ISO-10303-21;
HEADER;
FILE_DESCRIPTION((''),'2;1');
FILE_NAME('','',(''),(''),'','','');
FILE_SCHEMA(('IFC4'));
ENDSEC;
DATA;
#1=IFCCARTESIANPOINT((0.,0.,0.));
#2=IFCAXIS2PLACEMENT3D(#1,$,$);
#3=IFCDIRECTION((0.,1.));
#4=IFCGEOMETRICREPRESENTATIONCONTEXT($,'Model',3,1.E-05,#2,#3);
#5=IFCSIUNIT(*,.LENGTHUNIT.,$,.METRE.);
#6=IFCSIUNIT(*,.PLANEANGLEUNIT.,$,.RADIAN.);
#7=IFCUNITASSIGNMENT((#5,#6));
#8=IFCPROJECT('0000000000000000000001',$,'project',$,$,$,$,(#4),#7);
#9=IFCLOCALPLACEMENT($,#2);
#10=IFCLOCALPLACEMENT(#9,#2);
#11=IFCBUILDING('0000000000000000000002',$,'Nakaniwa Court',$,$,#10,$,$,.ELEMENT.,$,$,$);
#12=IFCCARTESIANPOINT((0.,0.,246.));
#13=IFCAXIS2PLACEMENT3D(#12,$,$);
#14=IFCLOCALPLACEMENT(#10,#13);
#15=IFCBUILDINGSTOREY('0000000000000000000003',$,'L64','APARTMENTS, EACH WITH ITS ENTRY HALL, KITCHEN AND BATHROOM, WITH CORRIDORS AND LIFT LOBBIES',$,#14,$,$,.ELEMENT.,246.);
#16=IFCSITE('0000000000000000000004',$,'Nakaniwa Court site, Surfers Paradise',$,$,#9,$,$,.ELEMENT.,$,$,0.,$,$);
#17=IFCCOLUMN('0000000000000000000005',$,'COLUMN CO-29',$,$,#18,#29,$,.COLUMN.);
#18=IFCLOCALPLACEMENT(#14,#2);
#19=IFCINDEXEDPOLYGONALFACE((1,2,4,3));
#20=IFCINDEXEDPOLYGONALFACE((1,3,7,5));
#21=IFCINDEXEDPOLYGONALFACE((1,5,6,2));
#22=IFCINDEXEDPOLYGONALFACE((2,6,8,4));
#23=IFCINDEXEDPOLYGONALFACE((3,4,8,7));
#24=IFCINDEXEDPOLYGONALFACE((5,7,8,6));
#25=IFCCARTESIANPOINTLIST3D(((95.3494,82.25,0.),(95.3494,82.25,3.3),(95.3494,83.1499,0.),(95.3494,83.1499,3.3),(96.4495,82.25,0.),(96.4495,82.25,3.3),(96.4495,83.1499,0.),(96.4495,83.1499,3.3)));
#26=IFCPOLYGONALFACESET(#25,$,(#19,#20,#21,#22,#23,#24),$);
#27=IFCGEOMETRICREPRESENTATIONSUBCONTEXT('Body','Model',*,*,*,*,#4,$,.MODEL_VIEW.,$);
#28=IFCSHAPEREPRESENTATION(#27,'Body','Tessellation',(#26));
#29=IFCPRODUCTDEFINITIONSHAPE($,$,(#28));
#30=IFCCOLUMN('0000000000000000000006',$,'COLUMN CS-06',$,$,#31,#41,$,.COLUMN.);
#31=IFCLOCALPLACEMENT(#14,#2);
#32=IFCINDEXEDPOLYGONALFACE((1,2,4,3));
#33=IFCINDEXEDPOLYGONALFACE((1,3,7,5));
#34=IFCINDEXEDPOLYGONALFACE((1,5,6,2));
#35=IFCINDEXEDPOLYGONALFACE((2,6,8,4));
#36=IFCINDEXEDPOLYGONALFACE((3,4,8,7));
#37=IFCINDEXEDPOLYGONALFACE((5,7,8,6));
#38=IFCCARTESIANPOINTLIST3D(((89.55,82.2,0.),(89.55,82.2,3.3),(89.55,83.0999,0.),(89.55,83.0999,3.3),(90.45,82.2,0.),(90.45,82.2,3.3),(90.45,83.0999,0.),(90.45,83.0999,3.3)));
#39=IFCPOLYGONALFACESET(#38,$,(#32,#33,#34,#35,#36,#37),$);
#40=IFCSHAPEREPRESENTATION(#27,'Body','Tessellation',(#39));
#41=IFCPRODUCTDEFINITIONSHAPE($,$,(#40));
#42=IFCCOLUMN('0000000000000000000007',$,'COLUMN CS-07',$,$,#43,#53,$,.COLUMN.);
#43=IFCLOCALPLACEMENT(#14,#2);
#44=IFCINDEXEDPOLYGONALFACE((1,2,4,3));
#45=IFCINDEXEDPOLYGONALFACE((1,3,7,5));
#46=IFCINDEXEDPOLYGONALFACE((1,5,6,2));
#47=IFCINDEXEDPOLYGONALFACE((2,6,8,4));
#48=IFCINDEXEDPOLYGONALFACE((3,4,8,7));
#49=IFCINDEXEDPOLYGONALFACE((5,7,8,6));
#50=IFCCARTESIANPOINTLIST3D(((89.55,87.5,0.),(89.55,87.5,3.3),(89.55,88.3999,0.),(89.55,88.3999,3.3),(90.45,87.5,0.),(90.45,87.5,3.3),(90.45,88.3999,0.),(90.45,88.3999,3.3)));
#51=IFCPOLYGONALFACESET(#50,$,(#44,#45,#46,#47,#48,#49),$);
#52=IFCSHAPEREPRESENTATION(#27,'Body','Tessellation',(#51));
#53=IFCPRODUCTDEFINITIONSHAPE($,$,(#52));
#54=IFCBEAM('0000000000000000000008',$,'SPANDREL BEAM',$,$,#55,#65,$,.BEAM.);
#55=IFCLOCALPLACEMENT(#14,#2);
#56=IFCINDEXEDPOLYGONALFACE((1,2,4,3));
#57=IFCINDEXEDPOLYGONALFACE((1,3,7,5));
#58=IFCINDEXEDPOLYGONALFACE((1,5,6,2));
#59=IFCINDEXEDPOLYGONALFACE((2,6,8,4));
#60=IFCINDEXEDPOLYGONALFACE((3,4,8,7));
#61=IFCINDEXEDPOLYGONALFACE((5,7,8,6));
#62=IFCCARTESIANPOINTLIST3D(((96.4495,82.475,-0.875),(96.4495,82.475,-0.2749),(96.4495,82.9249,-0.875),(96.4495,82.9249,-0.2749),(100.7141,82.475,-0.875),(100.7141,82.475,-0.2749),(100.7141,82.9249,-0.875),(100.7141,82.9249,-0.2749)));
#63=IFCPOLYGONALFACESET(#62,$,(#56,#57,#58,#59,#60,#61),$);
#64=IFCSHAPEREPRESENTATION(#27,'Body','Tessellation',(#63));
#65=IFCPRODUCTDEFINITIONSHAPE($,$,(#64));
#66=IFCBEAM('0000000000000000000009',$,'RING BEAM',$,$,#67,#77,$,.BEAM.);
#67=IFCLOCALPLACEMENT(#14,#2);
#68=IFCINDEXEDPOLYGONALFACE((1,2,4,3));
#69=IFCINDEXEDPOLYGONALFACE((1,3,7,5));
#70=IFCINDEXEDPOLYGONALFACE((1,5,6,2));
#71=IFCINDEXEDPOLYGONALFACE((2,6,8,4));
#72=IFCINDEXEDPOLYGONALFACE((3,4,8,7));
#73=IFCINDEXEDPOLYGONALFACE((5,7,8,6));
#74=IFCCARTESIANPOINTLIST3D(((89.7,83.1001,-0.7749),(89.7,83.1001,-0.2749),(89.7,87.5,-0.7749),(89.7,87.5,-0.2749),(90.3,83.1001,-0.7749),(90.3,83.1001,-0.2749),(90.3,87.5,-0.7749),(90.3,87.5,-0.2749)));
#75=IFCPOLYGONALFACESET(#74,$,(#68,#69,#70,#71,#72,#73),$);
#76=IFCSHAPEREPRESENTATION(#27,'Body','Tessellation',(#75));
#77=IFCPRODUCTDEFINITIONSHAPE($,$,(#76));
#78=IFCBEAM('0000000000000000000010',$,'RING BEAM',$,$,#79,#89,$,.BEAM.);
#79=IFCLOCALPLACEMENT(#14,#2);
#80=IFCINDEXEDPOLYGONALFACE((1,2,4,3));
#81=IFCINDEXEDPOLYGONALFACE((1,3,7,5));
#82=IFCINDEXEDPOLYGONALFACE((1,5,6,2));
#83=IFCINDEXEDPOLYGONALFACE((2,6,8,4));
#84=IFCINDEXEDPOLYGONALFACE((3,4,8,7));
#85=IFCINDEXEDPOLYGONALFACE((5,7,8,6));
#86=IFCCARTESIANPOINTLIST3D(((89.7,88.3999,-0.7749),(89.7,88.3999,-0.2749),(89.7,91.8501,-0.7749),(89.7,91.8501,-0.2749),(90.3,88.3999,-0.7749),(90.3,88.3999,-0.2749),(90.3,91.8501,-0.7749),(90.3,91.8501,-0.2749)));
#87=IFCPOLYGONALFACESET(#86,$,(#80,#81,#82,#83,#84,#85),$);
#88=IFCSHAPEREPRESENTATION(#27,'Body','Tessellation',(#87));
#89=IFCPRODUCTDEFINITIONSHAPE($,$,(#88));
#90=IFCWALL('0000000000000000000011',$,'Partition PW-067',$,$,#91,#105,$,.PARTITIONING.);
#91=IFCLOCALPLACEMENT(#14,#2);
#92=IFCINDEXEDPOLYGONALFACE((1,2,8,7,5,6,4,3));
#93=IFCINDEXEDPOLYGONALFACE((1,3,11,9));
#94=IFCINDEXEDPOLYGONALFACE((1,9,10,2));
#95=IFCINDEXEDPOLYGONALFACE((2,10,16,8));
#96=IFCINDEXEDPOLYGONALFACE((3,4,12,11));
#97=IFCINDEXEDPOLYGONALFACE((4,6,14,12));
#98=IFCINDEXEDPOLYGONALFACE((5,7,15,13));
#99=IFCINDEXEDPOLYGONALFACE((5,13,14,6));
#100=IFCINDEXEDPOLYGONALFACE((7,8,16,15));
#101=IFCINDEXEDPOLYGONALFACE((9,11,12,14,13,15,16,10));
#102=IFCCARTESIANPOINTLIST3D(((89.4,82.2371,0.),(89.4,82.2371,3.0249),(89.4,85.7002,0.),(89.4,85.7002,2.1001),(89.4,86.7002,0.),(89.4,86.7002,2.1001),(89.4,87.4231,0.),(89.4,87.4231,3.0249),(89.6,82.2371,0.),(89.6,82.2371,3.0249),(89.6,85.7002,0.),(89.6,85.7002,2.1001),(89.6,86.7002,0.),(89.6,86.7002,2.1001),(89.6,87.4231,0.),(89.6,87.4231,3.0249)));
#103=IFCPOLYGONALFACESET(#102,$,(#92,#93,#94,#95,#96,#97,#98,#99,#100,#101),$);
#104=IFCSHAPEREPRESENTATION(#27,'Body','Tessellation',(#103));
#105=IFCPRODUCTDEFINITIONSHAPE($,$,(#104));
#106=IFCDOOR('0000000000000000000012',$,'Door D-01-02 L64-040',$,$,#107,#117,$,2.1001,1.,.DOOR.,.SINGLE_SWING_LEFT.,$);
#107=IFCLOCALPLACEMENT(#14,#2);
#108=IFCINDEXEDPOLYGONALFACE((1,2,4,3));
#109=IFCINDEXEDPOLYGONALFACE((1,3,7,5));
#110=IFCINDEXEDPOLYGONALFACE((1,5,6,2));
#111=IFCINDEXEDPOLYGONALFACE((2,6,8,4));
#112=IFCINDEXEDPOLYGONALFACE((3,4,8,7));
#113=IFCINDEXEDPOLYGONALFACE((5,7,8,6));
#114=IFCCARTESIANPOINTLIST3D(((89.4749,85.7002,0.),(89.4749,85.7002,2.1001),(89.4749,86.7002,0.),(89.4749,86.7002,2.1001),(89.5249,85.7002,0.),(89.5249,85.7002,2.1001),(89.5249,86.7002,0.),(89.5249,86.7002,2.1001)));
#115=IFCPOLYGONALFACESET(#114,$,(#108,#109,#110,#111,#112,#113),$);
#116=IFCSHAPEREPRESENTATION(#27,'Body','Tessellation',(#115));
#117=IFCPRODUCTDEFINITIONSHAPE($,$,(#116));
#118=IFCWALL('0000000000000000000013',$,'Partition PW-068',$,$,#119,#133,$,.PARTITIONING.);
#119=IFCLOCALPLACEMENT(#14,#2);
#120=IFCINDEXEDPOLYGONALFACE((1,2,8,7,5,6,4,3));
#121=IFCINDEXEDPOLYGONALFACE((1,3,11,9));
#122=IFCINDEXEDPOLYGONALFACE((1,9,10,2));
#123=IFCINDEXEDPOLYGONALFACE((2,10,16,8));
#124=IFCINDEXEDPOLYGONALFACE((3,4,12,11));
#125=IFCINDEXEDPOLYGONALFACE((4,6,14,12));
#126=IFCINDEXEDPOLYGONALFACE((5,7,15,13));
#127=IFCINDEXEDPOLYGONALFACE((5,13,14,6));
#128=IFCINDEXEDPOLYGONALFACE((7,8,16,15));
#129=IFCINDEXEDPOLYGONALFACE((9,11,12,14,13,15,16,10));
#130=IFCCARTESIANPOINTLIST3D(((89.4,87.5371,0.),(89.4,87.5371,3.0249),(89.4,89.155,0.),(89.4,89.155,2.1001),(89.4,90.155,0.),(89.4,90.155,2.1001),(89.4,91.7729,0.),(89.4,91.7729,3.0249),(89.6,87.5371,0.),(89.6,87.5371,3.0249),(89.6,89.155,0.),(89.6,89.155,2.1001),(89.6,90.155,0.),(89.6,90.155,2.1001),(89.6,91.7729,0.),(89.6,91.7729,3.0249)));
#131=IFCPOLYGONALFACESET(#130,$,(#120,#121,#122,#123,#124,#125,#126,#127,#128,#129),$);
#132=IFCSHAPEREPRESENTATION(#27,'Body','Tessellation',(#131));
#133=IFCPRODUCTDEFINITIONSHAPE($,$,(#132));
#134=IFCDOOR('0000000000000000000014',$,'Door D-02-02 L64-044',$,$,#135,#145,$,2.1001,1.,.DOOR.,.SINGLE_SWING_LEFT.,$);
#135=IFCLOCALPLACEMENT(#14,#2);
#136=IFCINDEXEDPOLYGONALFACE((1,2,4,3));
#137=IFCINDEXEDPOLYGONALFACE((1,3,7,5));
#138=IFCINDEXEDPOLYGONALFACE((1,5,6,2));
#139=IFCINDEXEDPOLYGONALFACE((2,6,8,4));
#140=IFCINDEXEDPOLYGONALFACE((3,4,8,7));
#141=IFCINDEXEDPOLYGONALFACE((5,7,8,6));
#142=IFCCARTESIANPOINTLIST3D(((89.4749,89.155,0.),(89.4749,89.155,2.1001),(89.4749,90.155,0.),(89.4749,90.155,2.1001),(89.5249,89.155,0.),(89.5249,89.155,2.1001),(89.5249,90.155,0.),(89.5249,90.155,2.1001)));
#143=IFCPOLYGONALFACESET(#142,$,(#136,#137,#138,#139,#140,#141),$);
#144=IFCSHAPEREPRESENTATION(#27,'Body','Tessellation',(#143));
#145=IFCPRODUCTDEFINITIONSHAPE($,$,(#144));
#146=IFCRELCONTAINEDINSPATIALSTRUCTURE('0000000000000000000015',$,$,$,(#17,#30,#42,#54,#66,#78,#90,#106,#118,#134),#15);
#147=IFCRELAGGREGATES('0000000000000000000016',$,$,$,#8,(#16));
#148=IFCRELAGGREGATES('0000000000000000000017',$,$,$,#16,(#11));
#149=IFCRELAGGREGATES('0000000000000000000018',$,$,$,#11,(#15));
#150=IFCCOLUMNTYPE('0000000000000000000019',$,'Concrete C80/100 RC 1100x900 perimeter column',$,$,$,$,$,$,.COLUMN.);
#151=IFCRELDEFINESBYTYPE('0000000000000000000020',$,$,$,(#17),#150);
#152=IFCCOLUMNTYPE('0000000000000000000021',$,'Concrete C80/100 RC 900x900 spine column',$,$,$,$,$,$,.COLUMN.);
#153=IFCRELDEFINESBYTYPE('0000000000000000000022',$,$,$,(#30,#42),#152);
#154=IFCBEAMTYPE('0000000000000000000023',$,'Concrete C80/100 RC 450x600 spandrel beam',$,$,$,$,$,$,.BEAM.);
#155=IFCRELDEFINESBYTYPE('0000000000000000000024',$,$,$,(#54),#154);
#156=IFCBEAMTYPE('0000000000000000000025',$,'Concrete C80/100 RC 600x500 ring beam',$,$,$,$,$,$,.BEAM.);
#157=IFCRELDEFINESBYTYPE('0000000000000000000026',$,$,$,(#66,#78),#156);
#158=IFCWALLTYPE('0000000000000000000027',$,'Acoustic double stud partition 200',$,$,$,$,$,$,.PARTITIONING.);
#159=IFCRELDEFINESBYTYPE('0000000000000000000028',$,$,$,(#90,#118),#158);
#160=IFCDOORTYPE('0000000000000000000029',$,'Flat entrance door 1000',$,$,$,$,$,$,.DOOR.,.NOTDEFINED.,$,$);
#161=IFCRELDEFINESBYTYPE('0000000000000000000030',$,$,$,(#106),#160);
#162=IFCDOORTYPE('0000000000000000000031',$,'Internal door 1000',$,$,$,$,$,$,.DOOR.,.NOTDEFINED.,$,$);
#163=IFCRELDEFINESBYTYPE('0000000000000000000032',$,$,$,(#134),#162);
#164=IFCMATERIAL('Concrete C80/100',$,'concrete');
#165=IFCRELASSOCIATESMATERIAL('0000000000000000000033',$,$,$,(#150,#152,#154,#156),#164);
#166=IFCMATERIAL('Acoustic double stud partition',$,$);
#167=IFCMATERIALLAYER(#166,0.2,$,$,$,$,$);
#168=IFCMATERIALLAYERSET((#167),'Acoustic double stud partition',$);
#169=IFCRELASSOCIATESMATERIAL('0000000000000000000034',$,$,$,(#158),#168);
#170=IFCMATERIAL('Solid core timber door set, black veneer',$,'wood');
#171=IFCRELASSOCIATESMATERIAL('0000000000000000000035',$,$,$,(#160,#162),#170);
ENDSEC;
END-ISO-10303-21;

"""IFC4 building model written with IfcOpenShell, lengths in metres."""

from ifc_helpers import new_model, si_unit, direction, frame, frame_2d, origin, origin_2d, place, context, subcontext, project, spatial, rectangle, extrude, material, layer, layer_set, material_profile, profile_set, type_object, element, fill, save


model = new_model("IFC4")

# Units and contexts
model_context = context("Model", 3, precision=1e-05, world=origin(), true_north=direction((0.0, 1.0)))
body_context = subcontext(model_context, "Body", "Model", "MODEL_VIEW")
ifc_project = project(units=[si_unit("LENGTHUNIT", "METRE"), si_unit("PLANEANGLEUNIT", "RADIAN")], contexts=[model_context])

# Site, building, storey
site_placement = place(None, origin())
site = spatial("IfcSite", under=ifc_project, at=site_placement, Name="Nakaniwa Court site, Surfers Paradise", CompositionType="ELEMENT", RefElevation=0.0)
building_placement = place(site_placement, origin())
building = spatial("IfcBuilding", under=site, at=building_placement, Name="Nakaniwa Court", CompositionType="ELEMENT")
storey_placement = place(building_placement, frame((0.0, 0.0, 246.0)))
storey = spatial("IfcBuildingStorey", under=building, at=storey_placement, Name="L64", Description="APARTMENTS, EACH WITH ITS ENTRY HALL, KITCHEN AND BATHROOM, WITH CORRIDORS AND LIFT LOBBIES", CompositionType="ELEMENT", Elevation=246.0)

# Columns
ifc_material_1 = material(Name="Concrete C80/100", Category="concrete")
ifc_material_profile_1 = material_profile(ifc_material_1, rectangle(XDim=1.1001, YDim=0.8999, at=origin_2d()), Name="Concrete C80/100 RC 1100x900 perimeter column")
ifc_profile_set_1 = profile_set([ifc_material_profile_1], Name="Concrete C80/100")
column_type_1 = type_object("IfcColumnType", Name="Concrete C80/100 RC 1100x900 perimeter column", PredefinedType="COLUMN", material=ifc_profile_set_1)
column_placement = place(storey_placement, frame((95.8994, 82.7, 0.0), z_axis=(0.0, 0.0, 1.0), x_axis=(1.0, 0.0, 0.0)))
element("IfcColumn", 1, at=column_placement, inside=storey, type_object=column_type_1, Name="COLUMN CO-29", PredefinedType="COLUMN", context=body_context, shape_type="SweptSolid", body=[
    extrude(rectangle(XDim=1.1001, YDim=0.8999, at=origin_2d()), origin(), (0.0, 0.0, 1.0), 3.3),
])
ifc_material_profile_2 = material_profile(ifc_material_1, rectangle(XDim=0.8999, YDim=0.8999, at=origin_2d()), Name="Concrete C80/100 RC 900x900 spine column")
ifc_profile_set_2 = profile_set([ifc_material_profile_2], Name="Concrete C80/100")
column_type_2 = type_object("IfcColumnType", Name="Concrete C80/100 RC 900x900 spine column", PredefinedType="COLUMN", material=ifc_profile_set_2)
for number, where, z_axis, x_axis, name in (
    (2, (90.0, 82.6499, 0.0), (0.0, 0.0, 1.0), (0.0, 1.0, 0.0), "COLUMN CS-06"),
    (3, (90.0, 87.95, 0.0), (0.0, 0.0, 1.0), (0.0, 1.0, 0.0), "COLUMN CS-07"),
):
    element("IfcColumn", number, at=place(storey_placement, frame(where, z_axis=z_axis, x_axis=x_axis)), inside=storey, type_object=column_type_2, Name=name, PredefinedType="COLUMN", context=body_context, shape_type="SweptSolid", body=[
        extrude(rectangle(XDim=0.8999, YDim=0.8999, at=origin_2d()), origin(), (0.0, 0.0, 1.0), 3.3),
    ])

# Beams
ifc_material_profile_3 = material_profile(ifc_material_1, rectangle(XDim=0.45, YDim=0.6001, at=origin_2d()), Name="Concrete C80/100 RC 450x600 spandrel beam")
ifc_profile_set_3 = profile_set([ifc_material_profile_3], Name="Concrete C80/100")
beam_type_1 = type_object("IfcBeamType", Name="Concrete C80/100 RC 450x600 spandrel beam", PredefinedType="BEAM", material=ifc_profile_set_3)
beam_1_placement = place(storey_placement, frame((96.4495, 82.7, -0.575), z_axis=(1.0, 0.0, 0.0), x_axis=(0.0, 1.0, 0.0)))
element("IfcBeam", 4, at=beam_1_placement, inside=storey, type_object=beam_type_1, Name="SPANDREL BEAM", PredefinedType="BEAM", context=body_context, shape_type="SweptSolid", body=[
    extrude(rectangle(XDim=0.45, YDim=0.6001, at=origin_2d()), origin(), (0.0, 0.0, 1.0), 4.2646),
])
ifc_material_profile_4 = material_profile(ifc_material_1, rectangle(XDim=0.6001, YDim=0.5, at=origin_2d()), Name="Concrete C80/100 RC 600x500 ring beam")
ifc_profile_set_4 = profile_set([ifc_material_profile_4], Name="Concrete C80/100")
beam_type_2 = type_object("IfcBeamType", Name="Concrete C80/100 RC 600x500 ring beam", PredefinedType="BEAM", material=ifc_profile_set_4)
beam_2_placement = place(storey_placement, frame((90.0, 83.1001, -0.5249), z_axis=(0.0, 1.0, 0.0), x_axis=(-1.0, 0.0, 0.0)))
element("IfcBeam", 5, at=beam_2_placement, inside=storey, type_object=beam_type_2, Name="RING BEAM", PredefinedType="BEAM", context=body_context, shape_type="SweptSolid", body=[
    extrude(rectangle(XDim=0.6001, YDim=0.5, at=origin_2d()), origin(), (0.0, 0.0, 1.0), 4.3999),
])
beam_3_placement = place(storey_placement, frame((90.0, 88.3999, -0.5249), z_axis=(0.0, 1.0, 0.0), x_axis=(-1.0, 0.0, 0.0)))
element("IfcBeam", 6, at=beam_3_placement, inside=storey, type_object=beam_type_2, Name="RING BEAM", PredefinedType="BEAM", context=body_context, shape_type="SweptSolid", body=[
    extrude(rectangle(XDim=0.6001, YDim=0.5, at=origin_2d()), origin(), (0.0, 0.0, 1.0), 3.4502),
])

# Walls, openings, doors
ifc_material_2 = material(Name="Acoustic double stud partition")
ifc_layer_1 = layer(ifc_material_2, 0.2)
ifc_layer_set_1 = layer_set([ifc_layer_1], Name="Acoustic double stud partition")
wall_type_1 = type_object("IfcWallType", Name="Acoustic double stud partition 200", PredefinedType="PARTITIONING", material=ifc_layer_set_1)
wall_1_placement = place(storey_placement, frame((89.5, 87.4231, 0.0), z_axis=(0.0, 0.0, 1.0), x_axis=(0.0, -1.0, 0.0)))
wall_1 = element("IfcWall", 7, at=wall_1_placement, inside=storey, type_object=wall_type_1, Name="Partition PW-067", PredefinedType="PARTITIONING", context=body_context, shape_type="SweptSolid", body=[
    extrude(rectangle(XDim=5.186, YDim=0.2, at=frame_2d((2.593, 0.0))), origin(), (0.0, 0.0, 1.0), 3.0249),
])
opening_1_placement = place(wall_1_placement, frame((0.7229, 0.0, 0.0)))
opening_1 = element("IfcOpeningElement", 8, at=opening_1_placement, cuts=wall_1, PredefinedType="OPENING", context=body_context, shape_type="SweptSolid", body=[
    extrude(rectangle(XDim=1.0, YDim=2.1001, at=frame_2d((0.5, 1.05))), frame((0.0, 0.1099, 0.0), z_axis=(0.0, -1.0, 0.0), x_axis=(1.0, 0.0, 0.0)), (0.0, 0.0, 1.0), 0.22),
])
ifc_material_3 = material(Name="Solid core timber door set, black veneer", Category="wood")
door_type_1 = type_object("IfcDoorType", Name="Flat entrance door 1000", OperationType="NOTDEFINED", PredefinedType="DOOR", material=ifc_material_3)
door_1_placement = place(opening_1_placement, origin())
door_1 = element("IfcDoor", 9, at=door_1_placement, inside=storey, type_object=door_type_1, Name="Door D-01-02 L64-040", OperationType="SINGLE_SWING_LEFT", OverallHeight=2.1001, OverallWidth=1.0, PredefinedType="DOOR", context=body_context, shape_type="SweptSolid", body=[
    extrude(rectangle(XDim=1.0, YDim=2.1001, at=frame_2d((0.5, 1.05))), frame((0.0, 0.0249, 0.0), z_axis=(0.0, -1.0, 0.0), x_axis=(1.0, 0.0, 0.0)), (0.0, 0.0, 1.0), 0.05),
])
fill(opening_1, door_1)
wall_2_placement = place(storey_placement, frame((89.5, 91.7729, 0.0), z_axis=(0.0, 0.0, 1.0), x_axis=(0.0, -1.0, 0.0)))
wall_2 = element("IfcWall", 10, at=wall_2_placement, inside=storey, type_object=wall_type_1, Name="Partition PW-068", PredefinedType="PARTITIONING", context=body_context, shape_type="SweptSolid", body=[
    extrude(rectangle(XDim=4.2358, YDim=0.2, at=frame_2d((2.1179, 0.0))), origin(), (0.0, 0.0, 1.0), 3.0249),
])
opening_2_placement = place(wall_2_placement, frame((1.6179, 0.0, 0.0)))
opening_2 = element("IfcOpeningElement", 11, at=opening_2_placement, cuts=wall_2, PredefinedType="OPENING", context=body_context, shape_type="SweptSolid", body=[
    extrude(rectangle(XDim=1.0, YDim=2.1001, at=frame_2d((0.5, 1.05))), frame((0.0, 0.1099, 0.0), z_axis=(0.0, -1.0, 0.0), x_axis=(1.0, 0.0, 0.0)), (0.0, 0.0, 1.0), 0.22),
])
door_type_2 = type_object("IfcDoorType", Name="Internal door 1000", OperationType="NOTDEFINED", PredefinedType="DOOR", material=ifc_material_3)
door_2_placement = place(opening_2_placement, origin())
door_2 = element("IfcDoor", 12, at=door_2_placement, inside=storey, type_object=door_type_2, Name="Door D-02-02 L64-044", OperationType="SINGLE_SWING_LEFT", OverallHeight=2.1001, OverallWidth=1.0, PredefinedType="DOOR", context=body_context, shape_type="SweptSolid", body=[
    extrude(rectangle(XDim=1.0, YDim=2.1001, at=frame_2d((0.5, 1.05))), frame((0.0, 0.0249, 0.0), z_axis=(0.0, -1.0, 0.0), x_axis=(1.0, 0.0, 0.0)), (0.0, 0.0, 1.0), 0.05),
])
fill(opening_2, door_2)

save(model, "model.ifc")
